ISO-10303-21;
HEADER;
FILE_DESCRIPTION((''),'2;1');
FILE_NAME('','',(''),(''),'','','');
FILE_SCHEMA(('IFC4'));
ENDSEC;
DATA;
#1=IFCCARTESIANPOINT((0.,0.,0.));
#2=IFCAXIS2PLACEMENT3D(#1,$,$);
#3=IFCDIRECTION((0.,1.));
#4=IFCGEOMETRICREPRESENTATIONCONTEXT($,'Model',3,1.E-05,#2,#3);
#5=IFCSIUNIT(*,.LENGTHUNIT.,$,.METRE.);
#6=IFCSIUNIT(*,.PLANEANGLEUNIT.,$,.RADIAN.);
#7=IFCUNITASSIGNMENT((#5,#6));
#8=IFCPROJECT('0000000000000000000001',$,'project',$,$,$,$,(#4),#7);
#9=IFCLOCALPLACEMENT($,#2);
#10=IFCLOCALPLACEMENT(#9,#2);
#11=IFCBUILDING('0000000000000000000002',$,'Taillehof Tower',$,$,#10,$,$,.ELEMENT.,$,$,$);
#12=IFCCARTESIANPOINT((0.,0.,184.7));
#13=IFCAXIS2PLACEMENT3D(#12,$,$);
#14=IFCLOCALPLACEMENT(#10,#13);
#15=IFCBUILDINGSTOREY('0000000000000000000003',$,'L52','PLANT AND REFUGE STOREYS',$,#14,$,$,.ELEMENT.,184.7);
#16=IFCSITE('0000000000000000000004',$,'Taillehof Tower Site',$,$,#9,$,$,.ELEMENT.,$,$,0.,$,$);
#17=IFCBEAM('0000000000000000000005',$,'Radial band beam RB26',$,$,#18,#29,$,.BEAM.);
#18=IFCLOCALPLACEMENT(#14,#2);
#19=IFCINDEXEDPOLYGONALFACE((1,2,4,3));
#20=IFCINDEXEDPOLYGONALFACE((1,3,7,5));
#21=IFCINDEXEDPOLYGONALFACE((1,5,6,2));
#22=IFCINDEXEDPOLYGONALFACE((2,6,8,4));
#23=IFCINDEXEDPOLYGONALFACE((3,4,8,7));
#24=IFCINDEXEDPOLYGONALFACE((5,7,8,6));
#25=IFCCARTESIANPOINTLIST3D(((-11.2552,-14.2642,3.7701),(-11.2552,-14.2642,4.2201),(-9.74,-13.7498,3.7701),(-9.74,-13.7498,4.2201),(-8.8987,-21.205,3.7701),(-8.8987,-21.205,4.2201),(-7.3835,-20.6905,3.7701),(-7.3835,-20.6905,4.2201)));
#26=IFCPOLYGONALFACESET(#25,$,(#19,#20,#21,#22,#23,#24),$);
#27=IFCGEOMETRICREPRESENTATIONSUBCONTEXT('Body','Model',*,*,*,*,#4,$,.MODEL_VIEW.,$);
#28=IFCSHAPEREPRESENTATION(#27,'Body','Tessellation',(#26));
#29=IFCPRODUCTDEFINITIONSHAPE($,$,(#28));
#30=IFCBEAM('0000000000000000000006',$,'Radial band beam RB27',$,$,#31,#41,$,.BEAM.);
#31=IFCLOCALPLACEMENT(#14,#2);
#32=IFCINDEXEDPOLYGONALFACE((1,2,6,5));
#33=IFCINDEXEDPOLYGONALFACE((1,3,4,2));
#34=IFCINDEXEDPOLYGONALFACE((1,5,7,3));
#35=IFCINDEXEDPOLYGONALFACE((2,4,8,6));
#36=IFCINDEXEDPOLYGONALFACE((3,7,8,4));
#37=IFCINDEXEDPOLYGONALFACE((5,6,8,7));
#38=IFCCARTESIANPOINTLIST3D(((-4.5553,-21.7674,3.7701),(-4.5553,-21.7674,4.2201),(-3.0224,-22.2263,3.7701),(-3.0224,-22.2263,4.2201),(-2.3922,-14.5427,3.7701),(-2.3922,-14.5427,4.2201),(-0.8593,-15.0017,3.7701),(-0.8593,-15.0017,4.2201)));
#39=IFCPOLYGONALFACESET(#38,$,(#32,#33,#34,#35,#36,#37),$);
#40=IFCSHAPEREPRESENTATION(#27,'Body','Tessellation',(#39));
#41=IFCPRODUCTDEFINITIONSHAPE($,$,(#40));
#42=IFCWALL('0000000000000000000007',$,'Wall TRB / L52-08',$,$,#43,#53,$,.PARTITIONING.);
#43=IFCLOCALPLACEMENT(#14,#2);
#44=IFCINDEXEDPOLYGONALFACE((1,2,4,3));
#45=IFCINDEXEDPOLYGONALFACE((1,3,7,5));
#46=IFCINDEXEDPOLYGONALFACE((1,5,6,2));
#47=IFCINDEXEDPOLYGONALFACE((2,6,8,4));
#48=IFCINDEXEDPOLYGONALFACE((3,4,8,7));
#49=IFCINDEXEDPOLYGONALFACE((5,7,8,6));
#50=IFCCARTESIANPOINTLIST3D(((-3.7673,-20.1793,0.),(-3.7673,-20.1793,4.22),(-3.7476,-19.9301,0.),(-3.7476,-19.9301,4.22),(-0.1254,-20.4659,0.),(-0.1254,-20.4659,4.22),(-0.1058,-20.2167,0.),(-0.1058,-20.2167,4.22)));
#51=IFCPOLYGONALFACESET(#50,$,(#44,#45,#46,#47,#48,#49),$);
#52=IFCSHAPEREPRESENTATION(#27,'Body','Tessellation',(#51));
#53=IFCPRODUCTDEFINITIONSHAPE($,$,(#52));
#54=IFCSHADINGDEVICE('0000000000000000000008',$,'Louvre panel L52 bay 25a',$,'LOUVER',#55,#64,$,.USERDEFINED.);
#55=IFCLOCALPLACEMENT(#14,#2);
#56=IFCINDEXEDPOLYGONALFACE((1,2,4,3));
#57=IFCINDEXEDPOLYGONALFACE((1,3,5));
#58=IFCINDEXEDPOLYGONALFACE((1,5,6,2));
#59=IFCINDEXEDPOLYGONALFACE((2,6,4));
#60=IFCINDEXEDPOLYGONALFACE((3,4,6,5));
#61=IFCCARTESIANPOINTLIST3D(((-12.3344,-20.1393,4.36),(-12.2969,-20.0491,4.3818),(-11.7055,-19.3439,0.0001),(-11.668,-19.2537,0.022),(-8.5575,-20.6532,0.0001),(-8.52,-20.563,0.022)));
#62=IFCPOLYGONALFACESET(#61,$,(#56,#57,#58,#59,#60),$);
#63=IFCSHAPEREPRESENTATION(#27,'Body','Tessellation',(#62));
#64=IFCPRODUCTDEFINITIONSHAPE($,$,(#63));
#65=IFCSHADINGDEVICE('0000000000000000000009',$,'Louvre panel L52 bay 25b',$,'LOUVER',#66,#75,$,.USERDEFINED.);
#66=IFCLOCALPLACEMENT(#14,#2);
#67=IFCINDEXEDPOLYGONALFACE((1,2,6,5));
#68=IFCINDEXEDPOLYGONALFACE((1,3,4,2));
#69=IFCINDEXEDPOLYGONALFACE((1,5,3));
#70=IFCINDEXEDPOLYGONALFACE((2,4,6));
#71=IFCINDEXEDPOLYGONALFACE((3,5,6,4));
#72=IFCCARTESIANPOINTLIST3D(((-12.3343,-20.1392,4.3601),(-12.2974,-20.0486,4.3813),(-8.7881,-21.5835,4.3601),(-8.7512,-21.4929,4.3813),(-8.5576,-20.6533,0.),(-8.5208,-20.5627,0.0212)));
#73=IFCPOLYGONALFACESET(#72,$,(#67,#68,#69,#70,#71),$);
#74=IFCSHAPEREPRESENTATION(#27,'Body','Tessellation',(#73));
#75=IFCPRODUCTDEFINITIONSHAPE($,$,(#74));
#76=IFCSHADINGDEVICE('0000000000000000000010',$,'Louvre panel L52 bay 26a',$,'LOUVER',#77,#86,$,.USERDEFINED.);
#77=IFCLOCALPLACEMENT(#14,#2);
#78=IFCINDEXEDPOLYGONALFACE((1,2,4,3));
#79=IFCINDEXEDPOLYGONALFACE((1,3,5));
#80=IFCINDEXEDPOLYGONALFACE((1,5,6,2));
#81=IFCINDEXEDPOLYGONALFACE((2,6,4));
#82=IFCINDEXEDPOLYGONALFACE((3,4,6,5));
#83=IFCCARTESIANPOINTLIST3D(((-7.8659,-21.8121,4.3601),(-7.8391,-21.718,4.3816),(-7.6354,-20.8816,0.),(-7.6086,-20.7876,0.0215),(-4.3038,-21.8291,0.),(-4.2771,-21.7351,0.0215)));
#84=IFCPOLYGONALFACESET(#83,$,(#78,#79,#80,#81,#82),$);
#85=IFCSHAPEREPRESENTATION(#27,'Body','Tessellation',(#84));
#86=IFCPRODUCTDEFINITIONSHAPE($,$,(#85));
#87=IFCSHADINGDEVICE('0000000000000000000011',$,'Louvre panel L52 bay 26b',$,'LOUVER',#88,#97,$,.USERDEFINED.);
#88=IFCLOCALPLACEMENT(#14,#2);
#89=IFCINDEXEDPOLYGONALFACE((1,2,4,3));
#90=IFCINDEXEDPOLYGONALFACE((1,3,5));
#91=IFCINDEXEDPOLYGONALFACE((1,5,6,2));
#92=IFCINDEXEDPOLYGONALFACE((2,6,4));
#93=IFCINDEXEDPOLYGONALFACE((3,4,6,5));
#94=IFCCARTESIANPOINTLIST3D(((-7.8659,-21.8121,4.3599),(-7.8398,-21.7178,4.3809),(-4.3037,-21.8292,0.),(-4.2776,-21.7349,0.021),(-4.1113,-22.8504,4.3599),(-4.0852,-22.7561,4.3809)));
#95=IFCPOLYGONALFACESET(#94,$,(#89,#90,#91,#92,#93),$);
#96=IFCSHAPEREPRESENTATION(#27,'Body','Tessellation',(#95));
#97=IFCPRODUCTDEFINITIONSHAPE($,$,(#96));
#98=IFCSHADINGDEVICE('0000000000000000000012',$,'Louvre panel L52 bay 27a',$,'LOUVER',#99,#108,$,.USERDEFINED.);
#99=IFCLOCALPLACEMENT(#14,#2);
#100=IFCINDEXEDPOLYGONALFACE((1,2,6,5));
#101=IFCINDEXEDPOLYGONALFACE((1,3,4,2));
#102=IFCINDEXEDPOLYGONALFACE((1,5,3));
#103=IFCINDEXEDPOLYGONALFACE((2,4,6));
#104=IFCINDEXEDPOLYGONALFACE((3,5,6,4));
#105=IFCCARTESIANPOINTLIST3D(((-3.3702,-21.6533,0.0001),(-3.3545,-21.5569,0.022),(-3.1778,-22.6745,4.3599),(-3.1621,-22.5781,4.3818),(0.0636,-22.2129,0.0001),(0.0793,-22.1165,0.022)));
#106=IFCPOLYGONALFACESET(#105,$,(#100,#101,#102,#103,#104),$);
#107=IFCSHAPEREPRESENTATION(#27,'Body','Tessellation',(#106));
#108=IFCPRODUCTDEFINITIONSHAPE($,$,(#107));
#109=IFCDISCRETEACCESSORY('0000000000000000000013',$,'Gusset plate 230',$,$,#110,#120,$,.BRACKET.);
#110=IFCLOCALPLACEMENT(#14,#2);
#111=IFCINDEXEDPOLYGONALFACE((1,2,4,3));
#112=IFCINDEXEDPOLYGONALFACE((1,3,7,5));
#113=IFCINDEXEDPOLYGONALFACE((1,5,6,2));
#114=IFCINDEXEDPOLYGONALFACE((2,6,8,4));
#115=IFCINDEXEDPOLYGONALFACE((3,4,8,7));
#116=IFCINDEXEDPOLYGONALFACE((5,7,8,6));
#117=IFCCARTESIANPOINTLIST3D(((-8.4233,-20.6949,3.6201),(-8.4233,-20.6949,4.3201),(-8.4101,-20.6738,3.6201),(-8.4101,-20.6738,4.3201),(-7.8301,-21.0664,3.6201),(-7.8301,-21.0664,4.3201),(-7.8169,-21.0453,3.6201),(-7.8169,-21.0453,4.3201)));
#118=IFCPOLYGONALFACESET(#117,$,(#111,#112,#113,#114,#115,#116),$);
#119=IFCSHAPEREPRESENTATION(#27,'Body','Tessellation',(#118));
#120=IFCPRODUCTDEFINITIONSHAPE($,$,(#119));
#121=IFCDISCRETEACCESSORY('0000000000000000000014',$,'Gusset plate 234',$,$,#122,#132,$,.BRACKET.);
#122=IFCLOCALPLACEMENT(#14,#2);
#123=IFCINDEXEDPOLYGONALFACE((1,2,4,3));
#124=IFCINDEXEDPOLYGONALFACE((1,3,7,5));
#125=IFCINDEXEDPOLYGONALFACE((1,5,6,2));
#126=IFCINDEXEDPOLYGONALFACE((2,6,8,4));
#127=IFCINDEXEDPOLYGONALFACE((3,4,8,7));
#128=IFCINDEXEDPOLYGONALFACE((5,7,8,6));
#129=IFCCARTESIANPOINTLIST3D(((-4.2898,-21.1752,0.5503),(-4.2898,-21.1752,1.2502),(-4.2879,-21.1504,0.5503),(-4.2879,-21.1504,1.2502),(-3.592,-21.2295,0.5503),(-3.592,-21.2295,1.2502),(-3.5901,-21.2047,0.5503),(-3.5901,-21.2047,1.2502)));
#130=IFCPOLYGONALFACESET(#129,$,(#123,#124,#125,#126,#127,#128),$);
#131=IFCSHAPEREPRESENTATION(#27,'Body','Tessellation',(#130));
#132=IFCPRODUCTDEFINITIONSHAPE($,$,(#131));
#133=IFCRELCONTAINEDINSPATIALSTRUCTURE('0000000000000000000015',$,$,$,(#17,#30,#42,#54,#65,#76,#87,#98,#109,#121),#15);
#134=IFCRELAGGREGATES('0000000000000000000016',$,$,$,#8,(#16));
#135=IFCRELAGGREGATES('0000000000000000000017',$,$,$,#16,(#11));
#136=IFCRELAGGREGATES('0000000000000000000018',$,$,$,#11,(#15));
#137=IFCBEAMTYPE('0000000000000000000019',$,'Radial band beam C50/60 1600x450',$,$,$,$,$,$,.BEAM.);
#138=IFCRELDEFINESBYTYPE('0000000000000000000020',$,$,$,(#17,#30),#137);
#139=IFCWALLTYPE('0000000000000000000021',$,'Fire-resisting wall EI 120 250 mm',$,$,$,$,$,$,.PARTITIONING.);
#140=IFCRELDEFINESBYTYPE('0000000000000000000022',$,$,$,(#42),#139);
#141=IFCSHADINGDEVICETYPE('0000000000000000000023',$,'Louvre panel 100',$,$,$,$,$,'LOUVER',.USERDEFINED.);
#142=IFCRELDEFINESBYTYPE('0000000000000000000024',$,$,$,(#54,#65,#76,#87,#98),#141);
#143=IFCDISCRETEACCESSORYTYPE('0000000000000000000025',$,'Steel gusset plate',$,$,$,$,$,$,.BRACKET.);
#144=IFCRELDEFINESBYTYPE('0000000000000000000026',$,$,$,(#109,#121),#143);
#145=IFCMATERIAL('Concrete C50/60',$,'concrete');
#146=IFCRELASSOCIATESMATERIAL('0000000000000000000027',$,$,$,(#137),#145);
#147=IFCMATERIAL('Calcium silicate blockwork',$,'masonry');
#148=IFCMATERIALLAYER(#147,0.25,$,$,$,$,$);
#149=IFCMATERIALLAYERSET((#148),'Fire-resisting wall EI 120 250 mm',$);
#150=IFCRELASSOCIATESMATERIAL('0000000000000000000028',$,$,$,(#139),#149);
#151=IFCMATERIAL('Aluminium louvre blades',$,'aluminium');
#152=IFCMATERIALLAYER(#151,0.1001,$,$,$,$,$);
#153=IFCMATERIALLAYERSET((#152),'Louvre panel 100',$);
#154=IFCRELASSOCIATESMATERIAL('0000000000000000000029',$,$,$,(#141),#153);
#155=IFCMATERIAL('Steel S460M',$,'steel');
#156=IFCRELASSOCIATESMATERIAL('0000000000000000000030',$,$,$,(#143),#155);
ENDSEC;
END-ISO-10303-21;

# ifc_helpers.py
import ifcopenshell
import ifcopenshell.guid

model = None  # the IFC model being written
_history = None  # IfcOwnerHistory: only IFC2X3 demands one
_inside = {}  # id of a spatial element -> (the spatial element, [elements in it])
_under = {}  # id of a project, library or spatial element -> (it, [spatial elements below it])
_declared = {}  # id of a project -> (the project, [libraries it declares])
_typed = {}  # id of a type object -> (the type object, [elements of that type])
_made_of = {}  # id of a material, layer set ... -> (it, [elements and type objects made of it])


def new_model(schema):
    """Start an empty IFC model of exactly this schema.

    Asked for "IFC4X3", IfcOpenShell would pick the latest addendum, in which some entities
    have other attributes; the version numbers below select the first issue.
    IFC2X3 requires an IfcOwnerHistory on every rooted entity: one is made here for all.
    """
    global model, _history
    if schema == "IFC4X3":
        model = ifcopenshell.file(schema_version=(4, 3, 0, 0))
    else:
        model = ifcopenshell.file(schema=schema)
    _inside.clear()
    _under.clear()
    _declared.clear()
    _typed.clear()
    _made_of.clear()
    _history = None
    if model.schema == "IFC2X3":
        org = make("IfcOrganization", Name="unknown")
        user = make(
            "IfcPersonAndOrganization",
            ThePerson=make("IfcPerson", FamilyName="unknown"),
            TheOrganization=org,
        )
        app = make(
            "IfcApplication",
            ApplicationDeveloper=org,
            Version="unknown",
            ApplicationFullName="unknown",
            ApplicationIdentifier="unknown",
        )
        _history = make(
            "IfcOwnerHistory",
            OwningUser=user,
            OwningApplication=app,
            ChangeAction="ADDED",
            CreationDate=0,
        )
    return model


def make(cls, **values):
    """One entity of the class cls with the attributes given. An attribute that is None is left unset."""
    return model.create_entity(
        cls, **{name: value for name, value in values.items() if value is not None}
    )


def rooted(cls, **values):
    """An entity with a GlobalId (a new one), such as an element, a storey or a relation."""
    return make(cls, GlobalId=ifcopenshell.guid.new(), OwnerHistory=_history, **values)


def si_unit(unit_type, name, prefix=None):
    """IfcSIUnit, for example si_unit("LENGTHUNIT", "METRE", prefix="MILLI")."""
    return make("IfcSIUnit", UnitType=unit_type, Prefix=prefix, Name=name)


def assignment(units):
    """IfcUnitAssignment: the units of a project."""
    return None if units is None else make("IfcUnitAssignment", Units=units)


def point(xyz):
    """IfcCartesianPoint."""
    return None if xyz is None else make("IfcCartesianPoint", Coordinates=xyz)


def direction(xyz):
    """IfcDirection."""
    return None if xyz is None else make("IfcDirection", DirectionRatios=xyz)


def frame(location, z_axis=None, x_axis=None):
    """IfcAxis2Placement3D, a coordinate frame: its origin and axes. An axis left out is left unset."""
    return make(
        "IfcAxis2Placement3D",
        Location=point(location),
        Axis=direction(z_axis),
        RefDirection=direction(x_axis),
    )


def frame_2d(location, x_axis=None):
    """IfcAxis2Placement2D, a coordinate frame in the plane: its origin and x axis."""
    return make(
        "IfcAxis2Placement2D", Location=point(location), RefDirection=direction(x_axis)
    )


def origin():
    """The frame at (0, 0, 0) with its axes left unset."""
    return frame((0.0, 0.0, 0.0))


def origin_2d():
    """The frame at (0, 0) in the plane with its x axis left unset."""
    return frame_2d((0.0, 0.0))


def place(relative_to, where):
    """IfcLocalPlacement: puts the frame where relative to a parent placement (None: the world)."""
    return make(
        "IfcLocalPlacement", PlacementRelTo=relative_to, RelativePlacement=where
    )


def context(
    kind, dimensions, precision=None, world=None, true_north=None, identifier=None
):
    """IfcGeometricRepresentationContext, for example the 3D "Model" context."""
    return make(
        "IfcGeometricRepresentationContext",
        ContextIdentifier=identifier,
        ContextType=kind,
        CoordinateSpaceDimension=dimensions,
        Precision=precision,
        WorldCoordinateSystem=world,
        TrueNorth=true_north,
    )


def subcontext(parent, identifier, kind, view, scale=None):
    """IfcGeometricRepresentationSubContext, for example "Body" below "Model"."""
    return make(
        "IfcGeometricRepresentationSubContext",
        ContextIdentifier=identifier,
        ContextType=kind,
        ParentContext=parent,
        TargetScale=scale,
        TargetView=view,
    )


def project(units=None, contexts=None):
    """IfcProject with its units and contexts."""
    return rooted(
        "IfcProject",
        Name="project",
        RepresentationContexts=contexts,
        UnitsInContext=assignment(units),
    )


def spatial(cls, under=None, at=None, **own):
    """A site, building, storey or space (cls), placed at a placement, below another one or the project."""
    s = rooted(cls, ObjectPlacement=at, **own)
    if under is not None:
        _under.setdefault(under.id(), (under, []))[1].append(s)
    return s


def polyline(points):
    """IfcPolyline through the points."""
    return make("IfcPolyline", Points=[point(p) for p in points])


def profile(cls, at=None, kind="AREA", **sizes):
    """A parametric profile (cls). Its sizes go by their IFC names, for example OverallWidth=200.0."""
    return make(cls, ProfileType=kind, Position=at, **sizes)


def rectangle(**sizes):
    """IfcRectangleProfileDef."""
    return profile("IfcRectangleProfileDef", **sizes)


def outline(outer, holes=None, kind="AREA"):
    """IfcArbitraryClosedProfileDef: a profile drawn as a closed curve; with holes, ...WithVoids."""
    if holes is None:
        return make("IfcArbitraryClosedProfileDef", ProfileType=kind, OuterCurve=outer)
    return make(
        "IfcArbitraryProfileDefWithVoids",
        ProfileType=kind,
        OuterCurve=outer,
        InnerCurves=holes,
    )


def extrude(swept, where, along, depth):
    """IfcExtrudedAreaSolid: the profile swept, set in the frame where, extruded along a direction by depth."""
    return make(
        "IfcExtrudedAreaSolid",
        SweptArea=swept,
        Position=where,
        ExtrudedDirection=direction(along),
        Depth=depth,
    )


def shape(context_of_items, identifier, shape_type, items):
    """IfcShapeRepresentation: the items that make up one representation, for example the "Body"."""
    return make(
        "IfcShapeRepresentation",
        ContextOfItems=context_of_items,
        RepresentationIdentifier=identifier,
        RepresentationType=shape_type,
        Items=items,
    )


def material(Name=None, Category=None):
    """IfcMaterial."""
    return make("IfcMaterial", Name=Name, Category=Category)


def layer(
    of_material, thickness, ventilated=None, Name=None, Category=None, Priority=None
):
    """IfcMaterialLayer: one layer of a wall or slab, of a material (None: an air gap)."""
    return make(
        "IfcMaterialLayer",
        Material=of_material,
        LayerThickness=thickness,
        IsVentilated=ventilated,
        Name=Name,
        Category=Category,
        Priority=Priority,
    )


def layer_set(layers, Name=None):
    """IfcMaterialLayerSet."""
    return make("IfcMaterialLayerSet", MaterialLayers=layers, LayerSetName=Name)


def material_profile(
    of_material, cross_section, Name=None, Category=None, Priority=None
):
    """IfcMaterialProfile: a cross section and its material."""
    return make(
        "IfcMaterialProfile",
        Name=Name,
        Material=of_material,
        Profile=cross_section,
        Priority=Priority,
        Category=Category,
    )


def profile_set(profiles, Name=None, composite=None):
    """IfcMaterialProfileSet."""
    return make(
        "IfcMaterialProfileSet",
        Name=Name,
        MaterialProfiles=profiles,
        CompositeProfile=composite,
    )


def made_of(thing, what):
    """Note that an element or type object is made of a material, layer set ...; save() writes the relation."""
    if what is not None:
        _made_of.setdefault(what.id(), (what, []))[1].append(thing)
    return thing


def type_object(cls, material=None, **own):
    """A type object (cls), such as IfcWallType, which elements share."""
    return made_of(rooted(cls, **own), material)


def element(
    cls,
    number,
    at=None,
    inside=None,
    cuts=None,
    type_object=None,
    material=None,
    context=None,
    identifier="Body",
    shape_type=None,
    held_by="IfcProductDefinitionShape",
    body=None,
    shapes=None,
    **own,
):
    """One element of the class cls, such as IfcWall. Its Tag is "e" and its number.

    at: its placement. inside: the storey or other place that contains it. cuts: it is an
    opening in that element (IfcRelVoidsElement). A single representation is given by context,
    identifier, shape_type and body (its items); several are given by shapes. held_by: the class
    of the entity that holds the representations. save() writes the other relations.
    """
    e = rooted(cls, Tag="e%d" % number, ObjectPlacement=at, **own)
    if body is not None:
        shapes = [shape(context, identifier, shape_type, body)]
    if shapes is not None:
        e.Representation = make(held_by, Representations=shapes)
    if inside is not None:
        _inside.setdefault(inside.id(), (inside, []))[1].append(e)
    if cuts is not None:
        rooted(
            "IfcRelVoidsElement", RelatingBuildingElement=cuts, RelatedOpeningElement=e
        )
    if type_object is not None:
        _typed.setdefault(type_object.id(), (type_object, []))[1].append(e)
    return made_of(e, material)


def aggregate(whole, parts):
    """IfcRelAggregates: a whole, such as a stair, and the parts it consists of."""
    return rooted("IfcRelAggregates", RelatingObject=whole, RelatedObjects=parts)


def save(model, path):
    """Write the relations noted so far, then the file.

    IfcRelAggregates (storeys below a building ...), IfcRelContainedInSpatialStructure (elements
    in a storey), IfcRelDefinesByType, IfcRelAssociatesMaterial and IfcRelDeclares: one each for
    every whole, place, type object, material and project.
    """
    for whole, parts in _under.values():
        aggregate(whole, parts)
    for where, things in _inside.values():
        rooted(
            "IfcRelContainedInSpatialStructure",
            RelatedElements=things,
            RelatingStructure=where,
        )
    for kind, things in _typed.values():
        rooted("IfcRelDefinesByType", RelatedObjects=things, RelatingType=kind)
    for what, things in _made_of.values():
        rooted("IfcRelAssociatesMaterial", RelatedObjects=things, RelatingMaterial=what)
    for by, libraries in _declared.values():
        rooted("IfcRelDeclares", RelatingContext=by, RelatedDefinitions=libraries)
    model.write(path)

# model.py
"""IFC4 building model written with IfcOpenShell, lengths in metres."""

from ifc_helpers import new_model, si_unit, direction, frame, frame_2d, origin, origin_2d, place, context, subcontext, project, spatial, polyline, rectangle, outline, extrude, material, layer, layer_set, material_profile, profile_set, type_object, element, save


model = new_model("IFC4")

# Units and contexts
model_context = context("Model", 3, precision=1e-05, world=origin(), true_north=direction((0.0, 1.0)))
body_context = subcontext(model_context, "Body", "Model", "MODEL_VIEW")
ifc_project = project(units=[si_unit("LENGTHUNIT", "METRE"), si_unit("PLANEANGLEUNIT", "RADIAN")], contexts=[model_context])

# Site, building, storey
site_placement = place(None, origin())
site = spatial("IfcSite", under=ifc_project, at=site_placement, Name="Taillehof Tower Site", CompositionType="ELEMENT", RefElevation=0.0)
building_placement = place(site_placement, origin())
building = spatial("IfcBuilding", under=site, at=building_placement, Name="Taillehof Tower", CompositionType="ELEMENT")
storey_placement = place(building_placement, frame((0.0, 0.0, 184.7)))
storey = spatial("IfcBuildingStorey", under=building, at=storey_placement, Name="L52", Description="PLANT AND REFUGE STOREYS", CompositionType="ELEMENT", Elevation=184.7)

# Beams
ifc_material_1 = material(Name="Concrete C50/60", Category="concrete")
ifc_material_profile_1 = material_profile(ifc_material_1, rectangle(XDim=1.6001, YDim=0.45, at=origin_2d()), Name="RC 1600x450")
ifc_profile_set_1 = profile_set([ifc_material_profile_1], Name="Concrete C50/60")
beam_type = type_object("IfcBeamType", Name="Radial band beam C50/60 1600x450", PredefinedType="BEAM", material=ifc_profile_set_1)
beam_1_placement = place(storey_placement, frame((-8.1411, -20.9478, 3.9951), z_axis=(-0.321489, 0.946913, 0.0), x_axis=(-0.946913, -0.321489, 0.0)))
element("IfcBeam", 1, at=beam_1_placement, inside=storey, type_object=beam_type, Name="Radial band beam RB26", PredefinedType="BEAM", context=body_context, shape_type="SweptSolid", body=[
    extrude(rectangle(XDim=1.6001, YDim=0.45, at=origin_2d()), origin(), (0.0, 0.0, 1.0), 7.3298),
])
beam_2_placement = place(storey_placement, frame((-3.7888, -21.9968, 3.9951), z_axis=(0.286825, 0.957983, 0.0), x_axis=(-0.957983, 0.286825, 0.0)))
element("IfcBeam", 2, at=beam_2_placement, inside=storey, type_object=beam_type, Name="Radial band beam RB27", PredefinedType="BEAM", context=body_context, shape_type="SweptSolid", body=[
    extrude(rectangle(XDim=1.6001, YDim=0.45, at=origin_2d()), origin(), (0.0, 0.0, 1.0), 7.5415),
])

# Wall
ifc_material_2 = material(Name="Calcium silicate blockwork", Category="masonry")
ifc_layer_1 = layer(ifc_material_2, 0.25)
ifc_layer_set_1 = layer_set([ifc_layer_1], Name="Fire-resisting wall EI 120 250 mm")
wall_type = type_object("IfcWallType", Name="Fire-resisting wall EI 120 250 mm", PredefinedType="PARTITIONING", material=ifc_layer_set_1)
wall_placement = place(storey_placement, frame((-3.7576, -20.0547, 0.0), z_axis=(0.0, 0.0, 1.0), x_axis=(0.996917, -0.07846, 0.0)))
element("IfcWall", 3, at=wall_placement, inside=storey, type_object=wall_type, Name="Wall TRB / L52-08", PredefinedType="PARTITIONING", context=body_context, shape_type="SweptSolid", body=[
    extrude(rectangle(XDim=3.6531, YDim=0.25, at=frame_2d((1.8267, 0.0))), origin(), (0.0, 0.0, 1.0), 4.22),
])

# Shading devices
ifc_material_3 = material(Name="Aluminium louvre blades", Category="aluminium")
ifc_layer_2 = layer(ifc_material_3, 0.1001)
ifc_layer_set_2 = layer_set([ifc_layer_2], Name="Louvre panel 100")
shading_device_type = type_object("IfcShadingDeviceType", Name="Louvre panel 100", ElementType="LOUVER", PredefinedType="USERDEFINED", material=ifc_layer_set_2)
shading_device_1_placement = place(storey_placement, frame((-11.668, -19.2537, 0.022), z_axis=(0.374761, 0.90102, 0.21844), x_axis=(0.923318, -0.384036, 0.0)))
element("IfcShadingDevice", 4, at=shading_device_1_placement, inside=storey, type_object=shading_device_type, Name="Louvre panel L52 bay 25a", ObjectType="LOUVER", PredefinedType="USERDEFINED", context=body_context, shape_type="SweptSolid", body=[
    extrude(outline(polyline([(0.0, 0.0), (3.4094, 0.0), (-0.2752, -4.4678), (0.0, 0.0)])), origin(), (0.0, 0.0, -1.0), 0.1001),
])
shading_device_2_placement = place(storey_placement, frame((-8.5208, -20.5627, 0.0212), z_axis=(0.368591, 0.904967, 0.212547), x_axis=(-0.051626, -0.208364, 0.976688)))
element("IfcShadingDevice", 5, at=shading_device_2_placement, inside=storey, type_object=shading_device_type, Name="Louvre panel L52 bay 25b", ObjectType="LOUVER", PredefinedType="USERDEFINED", context=body_context, shape_type="SweptSolid", body=[
    extrude(outline(polyline([(0.0, 0.0), (4.4642, 0.0), (4.3463, -3.8272), (0.0, 0.0)])), origin(), (0.0, 0.0, -1.0), 0.1001),
])
shading_device_3_placement = place(storey_placement, frame((-7.6086, -20.7876, 0.0215), z_axis=(0.267184, 0.939447, 0.214595), x_axis=(0.961856, -0.273557, 0.0)))
element("IfcShadingDevice", 6, at=shading_device_3_placement, inside=storey, type_object=shading_device_type, Name="Louvre panel L52 bay 26a", ObjectType="LOUVER", PredefinedType="USERDEFINED", context=body_context, shape_type="SweptSolid", body=[
    extrude(outline(polyline([(0.0, 0.0), (3.4637, 0.0), (0.0328, -4.4641), (0.0, 0.0)])), origin(), (0.0, 0.0, -1.0), 0.1001),
])
shading_device_4_placement = place(storey_placement, frame((-4.2776, -21.7349, 0.021), z_axis=(0.26064, 0.942484, 0.209263), x_axis=(0.042923, -0.227854, 0.972749)))
element("IfcShadingDevice", 7, at=shading_device_4_placement, inside=storey, type_object=shading_device_type, Name="Louvre panel L52 bay 26b", ObjectType="LOUVER", PredefinedType="USERDEFINED", context=body_context, shape_type="SweptSolid", body=[
    extrude(outline(polyline([(0.0, 0.0), (4.482, 0.0), (4.0843, -3.8752), (0.0, 0.0)])), origin(), (0.0, 0.0, -1.0), 0.1001),
])
shading_device_5_placement = place(storey_placement, frame((-3.3545, -21.5569, 0.022), z_axis=(0.156944, 0.963096, 0.218667), x_axis=(0.986981, -0.160836, 0.0)))
element("IfcShadingDevice", 8, at=shading_device_5_placement, inside=storey, type_object=shading_device_type, Name="Louvre panel L52 bay 27a", ObjectType="LOUVER", PredefinedType="USERDEFINED", context=body_context, shape_type="SweptSolid", body=[
    extrude(outline(polyline([(0.0, 0.0), (3.4791, 0.0), (0.3541, -4.468), (0.0, 0.0)])), origin(), (0.0, 0.0, -1.0), 0.1001),
])

# Discrete accessories
ifc_material_4 = material(Name="Steel S460M", Category="steel")
discrete_accessory_type = type_object("IfcDiscreteAccessoryType", Name="Steel gusset plate", PredefinedType="BRACKET", material=ifc_material_4)
for number, where, z_axis, x_axis, name in (
    (9, (-8.1201, -20.8701, 3.6201), (0.0, 0.0, 1.0), (0.84754, -0.530732, 0.0), "Gusset plate 230"),
    (10, (-3.9399, -21.1899, 0.5503), (0.0, 0.0, 1.0), (0.996992, -0.077507, 0.0), "Gusset plate 234"),
):
    element("IfcDiscreteAccessory", number, at=place(storey_placement, frame(where, z_axis=z_axis, x_axis=x_axis)), inside=storey, type_object=discrete_accessory_type, Name=name, PredefinedType="BRACKET", context=body_context, shape_type="SweptSolid", body=[
        extrude(rectangle(XDim=0.7, YDim=0.0249, at=origin_2d()), origin(), (0.0, 0.0, 1.0), 0.7),
    ])

save(model, "model.ifc")
